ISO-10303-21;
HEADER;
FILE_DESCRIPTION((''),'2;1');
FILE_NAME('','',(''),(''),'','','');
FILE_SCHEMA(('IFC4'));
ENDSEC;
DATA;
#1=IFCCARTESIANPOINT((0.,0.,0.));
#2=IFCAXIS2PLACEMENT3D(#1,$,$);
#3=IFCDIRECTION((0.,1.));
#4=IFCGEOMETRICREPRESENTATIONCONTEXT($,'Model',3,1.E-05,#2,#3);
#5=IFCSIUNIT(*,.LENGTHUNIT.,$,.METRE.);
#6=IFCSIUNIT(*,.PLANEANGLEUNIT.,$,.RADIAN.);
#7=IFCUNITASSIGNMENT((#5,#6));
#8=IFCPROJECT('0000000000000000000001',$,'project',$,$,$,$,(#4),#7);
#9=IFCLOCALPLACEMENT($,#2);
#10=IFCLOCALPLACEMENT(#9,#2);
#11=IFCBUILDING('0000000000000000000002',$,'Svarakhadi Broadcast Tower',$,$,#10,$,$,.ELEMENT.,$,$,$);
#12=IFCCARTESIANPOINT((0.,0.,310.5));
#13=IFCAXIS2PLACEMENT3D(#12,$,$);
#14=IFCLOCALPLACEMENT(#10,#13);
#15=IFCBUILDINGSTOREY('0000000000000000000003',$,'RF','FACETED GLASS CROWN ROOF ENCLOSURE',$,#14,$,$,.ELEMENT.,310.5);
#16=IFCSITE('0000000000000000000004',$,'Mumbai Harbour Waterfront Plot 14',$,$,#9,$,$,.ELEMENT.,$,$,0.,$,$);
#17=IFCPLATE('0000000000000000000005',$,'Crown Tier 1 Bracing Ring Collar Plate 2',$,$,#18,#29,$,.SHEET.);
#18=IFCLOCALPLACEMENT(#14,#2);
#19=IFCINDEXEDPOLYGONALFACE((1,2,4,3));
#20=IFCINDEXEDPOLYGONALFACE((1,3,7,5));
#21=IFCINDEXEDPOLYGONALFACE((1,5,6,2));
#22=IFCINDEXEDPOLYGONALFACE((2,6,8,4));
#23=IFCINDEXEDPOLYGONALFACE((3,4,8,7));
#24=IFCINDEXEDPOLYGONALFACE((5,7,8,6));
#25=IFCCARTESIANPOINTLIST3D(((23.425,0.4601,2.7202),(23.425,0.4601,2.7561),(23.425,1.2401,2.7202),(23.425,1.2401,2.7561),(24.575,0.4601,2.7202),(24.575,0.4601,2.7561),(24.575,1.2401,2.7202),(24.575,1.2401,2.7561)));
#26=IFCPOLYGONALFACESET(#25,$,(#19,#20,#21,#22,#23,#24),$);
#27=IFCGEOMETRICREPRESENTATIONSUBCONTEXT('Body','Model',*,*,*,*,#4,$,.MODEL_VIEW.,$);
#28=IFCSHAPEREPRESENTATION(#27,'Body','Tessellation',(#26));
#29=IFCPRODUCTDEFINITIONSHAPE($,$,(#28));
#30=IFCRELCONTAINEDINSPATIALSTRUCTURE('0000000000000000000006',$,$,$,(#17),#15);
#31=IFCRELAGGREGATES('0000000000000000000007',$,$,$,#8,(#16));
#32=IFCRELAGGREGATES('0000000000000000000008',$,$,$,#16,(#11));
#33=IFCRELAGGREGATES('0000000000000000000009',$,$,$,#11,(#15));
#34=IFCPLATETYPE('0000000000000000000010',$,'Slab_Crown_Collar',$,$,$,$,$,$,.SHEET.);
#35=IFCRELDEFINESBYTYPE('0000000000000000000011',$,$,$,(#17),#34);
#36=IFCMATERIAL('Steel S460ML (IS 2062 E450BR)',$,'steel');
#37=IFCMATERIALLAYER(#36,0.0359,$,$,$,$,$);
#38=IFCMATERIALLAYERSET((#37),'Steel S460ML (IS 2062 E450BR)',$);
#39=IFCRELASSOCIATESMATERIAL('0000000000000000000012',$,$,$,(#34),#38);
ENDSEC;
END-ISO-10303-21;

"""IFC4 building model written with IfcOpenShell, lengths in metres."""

from ifc_helpers import new_model, si_unit, direction, frame, origin, origin_2d, place, context, subcontext, project, spatial, rectangle, extrude, material, layer, layer_set, type_object, element, save


model = new_model("IFC4")

# Units and contexts
model_context = context("Model", 3, precision=1e-05, world=origin(), true_north=direction((0.0, 1.0)))
body_context = subcontext(model_context, "Body", "Model", "MODEL_VIEW")
ifc_project = project(units=[si_unit("LENGTHUNIT", "METRE"), si_unit("PLANEANGLEUNIT", "RADIAN")], contexts=[model_context])

# Site, building, storey
site_placement = place(None, origin())
site = spatial("IfcSite", under=ifc_project, at=site_placement, Name="Mumbai Harbour Waterfront Plot 14", CompositionType="ELEMENT", RefElevation=0.0)
building_placement = place(site_placement, origin())
building = spatial("IfcBuilding", under=site, at=building_placement, Name="Svarakhadi Broadcast Tower", CompositionType="ELEMENT")
storey_placement = place(building_placement, frame((0.0, 0.0, 310.5)))
storey = spatial("IfcBuildingStorey", under=building, at=storey_placement, Name="RF", Description="FACETED GLASS CROWN ROOF ENCLOSURE", CompositionType="ELEMENT", Elevation=310.5)

# Shared definitions
ifc_material_1 = material(Name="Steel S460ML (IS 2062 E450BR)", Category="steel")

# Plate
ifc_layer_1 = layer(ifc_material_1, 0.0359)
ifc_layer_set_1 = layer_set([ifc_layer_1], Name="Steel S460ML (IS 2062 E450BR)")
plate_type_1 = type_object("IfcPlateType", Name="Slab_Crown_Collar", PredefinedType="SHEET", material=ifc_layer_set_1)
plate_1_placement = place(storey_placement, frame((24.0, 0.8501, 2.7202), z_axis=(0.0, 0.0, 1.0), x_axis=(1.0, 0.0, 0.0)))
element("IfcPlate", 1, at=plate_1_placement, inside=storey, type_object=plate_type_1, Name="Crown Tier 1 Bracing Ring Collar Plate 2", PredefinedType="SHEET", context=body_context, shape_type="SweptSolid", body=[
    extrude(rectangle(XDim=1.1499, YDim=0.78, at=origin_2d()), origin(), (0.0, 0.0, 1.0), 0.0359),
])

save(model, "model.ifc")
